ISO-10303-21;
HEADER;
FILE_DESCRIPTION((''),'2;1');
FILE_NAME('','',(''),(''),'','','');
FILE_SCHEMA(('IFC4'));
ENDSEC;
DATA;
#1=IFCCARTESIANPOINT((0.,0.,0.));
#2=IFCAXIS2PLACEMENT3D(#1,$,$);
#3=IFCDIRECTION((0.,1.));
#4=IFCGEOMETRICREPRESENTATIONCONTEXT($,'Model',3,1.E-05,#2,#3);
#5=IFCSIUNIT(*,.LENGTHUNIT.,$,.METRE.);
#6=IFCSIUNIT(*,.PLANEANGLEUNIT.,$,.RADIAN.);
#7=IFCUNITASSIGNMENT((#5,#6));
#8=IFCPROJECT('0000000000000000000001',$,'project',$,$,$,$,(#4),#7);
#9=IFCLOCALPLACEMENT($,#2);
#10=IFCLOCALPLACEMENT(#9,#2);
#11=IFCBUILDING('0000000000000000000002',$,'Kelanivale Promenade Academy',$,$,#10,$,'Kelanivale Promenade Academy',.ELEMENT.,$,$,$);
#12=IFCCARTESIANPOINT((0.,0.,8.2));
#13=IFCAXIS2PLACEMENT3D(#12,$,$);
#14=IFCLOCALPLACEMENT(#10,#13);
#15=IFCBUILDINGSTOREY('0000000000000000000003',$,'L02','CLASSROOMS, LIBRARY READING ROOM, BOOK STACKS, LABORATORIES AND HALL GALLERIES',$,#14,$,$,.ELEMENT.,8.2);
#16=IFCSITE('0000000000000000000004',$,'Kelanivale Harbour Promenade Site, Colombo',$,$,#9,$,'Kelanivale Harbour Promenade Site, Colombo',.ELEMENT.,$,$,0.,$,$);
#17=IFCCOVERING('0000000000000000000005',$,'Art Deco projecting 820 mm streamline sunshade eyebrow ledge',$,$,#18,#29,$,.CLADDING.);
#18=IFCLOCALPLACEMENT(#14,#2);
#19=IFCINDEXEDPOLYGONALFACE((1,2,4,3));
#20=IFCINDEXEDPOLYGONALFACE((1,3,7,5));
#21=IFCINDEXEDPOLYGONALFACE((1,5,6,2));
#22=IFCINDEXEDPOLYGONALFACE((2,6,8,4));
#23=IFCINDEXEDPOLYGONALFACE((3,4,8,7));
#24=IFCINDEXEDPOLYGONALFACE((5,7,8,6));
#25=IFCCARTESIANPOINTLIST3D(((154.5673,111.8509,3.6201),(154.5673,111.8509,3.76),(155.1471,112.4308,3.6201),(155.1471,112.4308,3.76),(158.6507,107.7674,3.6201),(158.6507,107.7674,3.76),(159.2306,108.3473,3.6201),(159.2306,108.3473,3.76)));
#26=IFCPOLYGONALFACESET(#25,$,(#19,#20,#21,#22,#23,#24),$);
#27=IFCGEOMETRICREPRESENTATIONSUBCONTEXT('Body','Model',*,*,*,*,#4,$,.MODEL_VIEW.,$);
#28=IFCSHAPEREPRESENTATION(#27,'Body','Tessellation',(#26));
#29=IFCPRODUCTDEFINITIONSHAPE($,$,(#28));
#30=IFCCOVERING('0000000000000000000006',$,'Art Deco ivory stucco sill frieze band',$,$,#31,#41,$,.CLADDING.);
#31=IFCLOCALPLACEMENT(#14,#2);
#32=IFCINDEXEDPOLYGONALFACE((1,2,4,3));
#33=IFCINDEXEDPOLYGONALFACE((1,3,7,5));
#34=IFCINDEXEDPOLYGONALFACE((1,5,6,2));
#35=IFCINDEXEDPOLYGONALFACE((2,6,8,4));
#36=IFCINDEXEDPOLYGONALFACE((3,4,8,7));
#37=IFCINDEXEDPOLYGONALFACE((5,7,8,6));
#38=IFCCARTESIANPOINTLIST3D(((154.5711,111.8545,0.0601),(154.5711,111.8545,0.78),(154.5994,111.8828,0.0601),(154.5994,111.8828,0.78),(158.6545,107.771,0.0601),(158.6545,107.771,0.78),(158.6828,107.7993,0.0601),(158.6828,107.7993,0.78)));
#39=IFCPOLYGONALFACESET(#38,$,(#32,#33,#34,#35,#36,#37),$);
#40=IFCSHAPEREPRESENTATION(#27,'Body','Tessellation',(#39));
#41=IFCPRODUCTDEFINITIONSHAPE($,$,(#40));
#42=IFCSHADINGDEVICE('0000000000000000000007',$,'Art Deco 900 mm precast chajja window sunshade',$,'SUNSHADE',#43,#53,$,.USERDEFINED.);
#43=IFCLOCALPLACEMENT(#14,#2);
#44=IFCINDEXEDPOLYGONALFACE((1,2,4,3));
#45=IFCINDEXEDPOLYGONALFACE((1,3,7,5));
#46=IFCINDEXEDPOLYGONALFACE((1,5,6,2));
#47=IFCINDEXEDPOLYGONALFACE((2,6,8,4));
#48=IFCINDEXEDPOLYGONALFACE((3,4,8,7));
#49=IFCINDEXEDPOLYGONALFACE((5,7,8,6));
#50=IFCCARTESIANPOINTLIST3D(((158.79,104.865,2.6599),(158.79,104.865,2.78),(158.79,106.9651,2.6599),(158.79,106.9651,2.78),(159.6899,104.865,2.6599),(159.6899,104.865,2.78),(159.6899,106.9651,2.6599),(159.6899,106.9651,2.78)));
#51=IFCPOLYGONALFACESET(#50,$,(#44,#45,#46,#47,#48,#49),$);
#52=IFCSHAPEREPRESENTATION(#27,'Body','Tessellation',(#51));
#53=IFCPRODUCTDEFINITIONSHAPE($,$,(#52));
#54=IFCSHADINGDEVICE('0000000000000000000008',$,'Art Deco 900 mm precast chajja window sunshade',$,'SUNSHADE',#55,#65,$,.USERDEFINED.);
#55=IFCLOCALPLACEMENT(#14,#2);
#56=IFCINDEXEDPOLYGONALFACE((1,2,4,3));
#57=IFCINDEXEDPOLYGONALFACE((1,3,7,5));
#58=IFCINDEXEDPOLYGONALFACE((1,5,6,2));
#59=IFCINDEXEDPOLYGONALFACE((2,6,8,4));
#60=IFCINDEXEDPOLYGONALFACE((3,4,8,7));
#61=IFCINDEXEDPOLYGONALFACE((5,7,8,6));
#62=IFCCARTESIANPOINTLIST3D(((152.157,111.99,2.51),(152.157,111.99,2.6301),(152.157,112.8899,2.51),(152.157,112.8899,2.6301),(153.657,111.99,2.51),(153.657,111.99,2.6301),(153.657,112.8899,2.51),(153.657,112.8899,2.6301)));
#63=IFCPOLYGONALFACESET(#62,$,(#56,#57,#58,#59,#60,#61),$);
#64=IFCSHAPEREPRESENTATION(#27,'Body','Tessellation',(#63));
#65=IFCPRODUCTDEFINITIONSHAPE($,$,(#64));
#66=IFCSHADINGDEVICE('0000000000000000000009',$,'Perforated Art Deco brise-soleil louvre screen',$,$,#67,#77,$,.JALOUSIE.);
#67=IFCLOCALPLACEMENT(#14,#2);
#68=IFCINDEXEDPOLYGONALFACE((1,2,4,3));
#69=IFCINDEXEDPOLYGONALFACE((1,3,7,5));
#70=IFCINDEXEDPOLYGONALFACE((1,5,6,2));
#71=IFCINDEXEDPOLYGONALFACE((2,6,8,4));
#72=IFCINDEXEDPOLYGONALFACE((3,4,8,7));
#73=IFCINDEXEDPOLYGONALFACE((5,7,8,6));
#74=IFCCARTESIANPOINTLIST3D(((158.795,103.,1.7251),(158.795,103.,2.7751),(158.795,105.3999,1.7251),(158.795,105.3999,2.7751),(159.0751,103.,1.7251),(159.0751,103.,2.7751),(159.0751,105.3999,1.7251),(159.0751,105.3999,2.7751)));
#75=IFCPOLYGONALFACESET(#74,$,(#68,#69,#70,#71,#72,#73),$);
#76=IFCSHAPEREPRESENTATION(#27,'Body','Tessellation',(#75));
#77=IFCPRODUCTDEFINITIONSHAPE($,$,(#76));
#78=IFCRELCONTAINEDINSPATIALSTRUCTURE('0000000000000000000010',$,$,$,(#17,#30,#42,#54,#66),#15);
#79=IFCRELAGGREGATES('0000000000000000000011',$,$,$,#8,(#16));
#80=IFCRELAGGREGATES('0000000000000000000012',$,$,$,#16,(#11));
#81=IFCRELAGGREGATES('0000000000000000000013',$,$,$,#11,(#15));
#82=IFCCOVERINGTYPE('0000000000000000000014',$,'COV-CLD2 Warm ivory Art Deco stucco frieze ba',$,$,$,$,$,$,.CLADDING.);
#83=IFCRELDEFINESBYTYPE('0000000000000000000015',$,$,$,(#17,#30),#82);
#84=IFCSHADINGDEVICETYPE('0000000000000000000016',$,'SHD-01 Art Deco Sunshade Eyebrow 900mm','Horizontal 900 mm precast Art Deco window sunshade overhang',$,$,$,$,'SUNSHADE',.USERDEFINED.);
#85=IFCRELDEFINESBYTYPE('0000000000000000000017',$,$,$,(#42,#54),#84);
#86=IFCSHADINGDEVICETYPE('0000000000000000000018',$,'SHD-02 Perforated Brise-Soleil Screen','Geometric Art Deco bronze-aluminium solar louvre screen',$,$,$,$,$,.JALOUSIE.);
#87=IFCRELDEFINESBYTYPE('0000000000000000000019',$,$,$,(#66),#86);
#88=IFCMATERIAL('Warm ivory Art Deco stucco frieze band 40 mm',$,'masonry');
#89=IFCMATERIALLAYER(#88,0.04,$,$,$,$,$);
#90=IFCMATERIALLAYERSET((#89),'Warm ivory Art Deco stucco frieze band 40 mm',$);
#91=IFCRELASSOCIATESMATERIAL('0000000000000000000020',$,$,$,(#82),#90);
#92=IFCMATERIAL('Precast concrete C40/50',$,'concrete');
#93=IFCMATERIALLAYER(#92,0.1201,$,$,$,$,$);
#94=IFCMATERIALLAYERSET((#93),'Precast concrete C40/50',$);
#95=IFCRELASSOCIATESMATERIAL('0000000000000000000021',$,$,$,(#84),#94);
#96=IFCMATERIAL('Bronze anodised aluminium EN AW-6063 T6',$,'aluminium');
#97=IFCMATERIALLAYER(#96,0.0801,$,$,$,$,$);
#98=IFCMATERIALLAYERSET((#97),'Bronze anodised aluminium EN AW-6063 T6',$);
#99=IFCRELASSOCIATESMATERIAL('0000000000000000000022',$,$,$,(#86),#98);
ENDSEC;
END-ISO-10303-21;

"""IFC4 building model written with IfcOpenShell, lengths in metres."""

from ifc_helpers import new_model, si_unit, direction, frame, origin, origin_2d, place, context, subcontext, project, spatial, rectangle, extrude, material, layer, layer_set, type_object, element, save


model = new_model("IFC4")

# Units and contexts
model_context = context("Model", 3, precision=1e-05, world=origin(), true_north=direction((0.0, 1.0)))
body_context = subcontext(model_context, "Body", "Model", "MODEL_VIEW")
ifc_project = project(units=[si_unit("LENGTHUNIT", "METRE"), si_unit("PLANEANGLEUNIT", "RADIAN")], contexts=[model_context])

# Site, building, storey
site_placement = place(None, origin())
site = spatial("IfcSite", under=ifc_project, at=site_placement, Name="Kelanivale Harbour Promenade Site, Colombo", LongName="Kelanivale Harbour Promenade Site, Colombo", CompositionType="ELEMENT", RefElevation=0.0)
building_placement = place(site_placement, origin())
building = spatial("IfcBuilding", under=site, at=building_placement, Name="Kelanivale Promenade Academy", LongName="Kelanivale Promenade Academy", CompositionType="ELEMENT")
storey_placement = place(building_placement, frame((0.0, 0.0, 8.2)))
storey = spatial("IfcBuildingStorey", under=building, at=storey_placement, Name="L02", Description="CLASSROOMS, LIBRARY READING ROOM, BOOK STACKS, LABORATORIES AND HALL GALLERIES", CompositionType="ELEMENT", Elevation=8.2)

# Coverings
ifc_material_1 = material(Name="Warm ivory Art Deco stucco frieze band 40 mm", Category="masonry")
ifc_layer_1 = layer(ifc_material_1, 0.04)
ifc_layer_set_1 = layer_set([ifc_layer_1], Name="Warm ivory Art Deco stucco frieze band 40 mm")
covering_type = type_object("IfcCoveringType", Name="COV-CLD2 Warm ivory Art Deco stucco frieze ba", PredefinedType="CLADDING", material=ifc_layer_set_1)
covering_1_placement = place(storey_placement, frame((156.8989, 110.0991, 3.6201), z_axis=(0.0, 0.0, 1.0), x_axis=(-0.707107, 0.707107, 0.0)))
element("IfcCovering", 1, at=covering_1_placement, inside=storey, type_object=covering_type, Name="Art Deco projecting 820 mm streamline sunshade eyebrow ledge", PredefinedType="CLADDING", context=body_context, shape_type="SweptSolid", body=[
    extrude(rectangle(XDim=5.7749, YDim=0.8201, at=origin_2d()), origin(), (0.0, 0.0, 1.0), 0.1399),
])
covering_2_placement = place(storey_placement, frame((156.627, 109.8269, 0.0601), z_axis=(0.0, 0.0, 1.0), x_axis=(-0.707107, 0.707107, 0.0)))
element("IfcCovering", 2, at=covering_2_placement, inside=storey, type_object=covering_type, Name="Art Deco ivory stucco sill frieze band", PredefinedType="CLADDING", context=body_context, shape_type="SweptSolid", body=[
    extrude(rectangle(XDim=5.7749, YDim=0.04, at=origin_2d()), origin(), (0.0, 0.0, 1.0), 0.72),
])

# Shading devices
ifc_material_2 = material(Name="Precast concrete C40/50", Category="concrete")
ifc_layer_2 = layer(ifc_material_2, 0.1201)
ifc_layer_set_2 = layer_set([ifc_layer_2], Name="Precast concrete C40/50")
shading_device_type_1 = type_object("IfcShadingDeviceType", Name="SHD-01 Art Deco Sunshade Eyebrow 900mm", Description="Horizontal 900 mm precast Art Deco window sunshade overhang", ElementType="SUNSHADE", PredefinedType="USERDEFINED", material=ifc_layer_set_2)
shading_device_1_placement = place(storey_placement, frame((159.24, 105.915, 2.6599), z_axis=(0.0, 0.0, 1.0), x_axis=(0.0, 1.0, 0.0)))
element("IfcShadingDevice", 3, at=shading_device_1_placement, inside=storey, type_object=shading_device_type_1, Name="Art Deco 900 mm precast chajja window sunshade", ObjectType="SUNSHADE", PredefinedType="USERDEFINED", context=body_context, shape_type="SweptSolid", body=[
    extrude(rectangle(XDim=2.1001, YDim=0.8999, at=origin_2d()), origin(), (0.0, 0.0, 1.0), 0.1201),
])
shading_device_2_placement = place(storey_placement, frame((152.907, 112.4399, 2.51), z_axis=(0.0, 0.0, 1.0), x_axis=(-1.0, 0.0, 0.0)))
element("IfcShadingDevice", 4, at=shading_device_2_placement, inside=storey, type_object=shading_device_type_1, Name="Art Deco 900 mm precast chajja window sunshade", ObjectType="SUNSHADE", PredefinedType="USERDEFINED", context=body_context, shape_type="SweptSolid", body=[
    extrude(rectangle(XDim=1.5, YDim=0.8999, at=origin_2d()), origin(), (0.0, 0.0, 1.0), 0.1201),
])
ifc_material_3 = material(Name="Bronze anodised aluminium EN AW-6063 T6", Category="aluminium")
ifc_layer_3 = layer(ifc_material_3, 0.0801)
ifc_layer_set_3 = layer_set([ifc_layer_3], Name="Bronze anodised aluminium EN AW-6063 T6")
shading_device_type_2 = type_object("IfcShadingDeviceType", Name="SHD-02 Perforated Brise-Soleil Screen", Description="Geometric Art Deco bronze-aluminium solar louvre screen", PredefinedType="JALOUSIE", material=ifc_layer_set_3)
shading_device_3_placement = place(storey_placement, frame((158.9351, 104.2, 1.7251), z_axis=(0.0, 0.0, 1.0), x_axis=(0.0, 1.0, 0.0)))
element("IfcShadingDevice", 5, at=shading_device_3_placement, inside=storey, type_object=shading_device_type_2, Name="Perforated Art Deco brise-soleil louvre screen", PredefinedType="JALOUSIE", context=body_context, shape_type="SweptSolid", body=[
    extrude(rectangle(XDim=2.3999, YDim=0.28, at=origin_2d()), origin(), (0.0, 0.0, 1.0), 1.05),
])

save(model, "model.ifc")
